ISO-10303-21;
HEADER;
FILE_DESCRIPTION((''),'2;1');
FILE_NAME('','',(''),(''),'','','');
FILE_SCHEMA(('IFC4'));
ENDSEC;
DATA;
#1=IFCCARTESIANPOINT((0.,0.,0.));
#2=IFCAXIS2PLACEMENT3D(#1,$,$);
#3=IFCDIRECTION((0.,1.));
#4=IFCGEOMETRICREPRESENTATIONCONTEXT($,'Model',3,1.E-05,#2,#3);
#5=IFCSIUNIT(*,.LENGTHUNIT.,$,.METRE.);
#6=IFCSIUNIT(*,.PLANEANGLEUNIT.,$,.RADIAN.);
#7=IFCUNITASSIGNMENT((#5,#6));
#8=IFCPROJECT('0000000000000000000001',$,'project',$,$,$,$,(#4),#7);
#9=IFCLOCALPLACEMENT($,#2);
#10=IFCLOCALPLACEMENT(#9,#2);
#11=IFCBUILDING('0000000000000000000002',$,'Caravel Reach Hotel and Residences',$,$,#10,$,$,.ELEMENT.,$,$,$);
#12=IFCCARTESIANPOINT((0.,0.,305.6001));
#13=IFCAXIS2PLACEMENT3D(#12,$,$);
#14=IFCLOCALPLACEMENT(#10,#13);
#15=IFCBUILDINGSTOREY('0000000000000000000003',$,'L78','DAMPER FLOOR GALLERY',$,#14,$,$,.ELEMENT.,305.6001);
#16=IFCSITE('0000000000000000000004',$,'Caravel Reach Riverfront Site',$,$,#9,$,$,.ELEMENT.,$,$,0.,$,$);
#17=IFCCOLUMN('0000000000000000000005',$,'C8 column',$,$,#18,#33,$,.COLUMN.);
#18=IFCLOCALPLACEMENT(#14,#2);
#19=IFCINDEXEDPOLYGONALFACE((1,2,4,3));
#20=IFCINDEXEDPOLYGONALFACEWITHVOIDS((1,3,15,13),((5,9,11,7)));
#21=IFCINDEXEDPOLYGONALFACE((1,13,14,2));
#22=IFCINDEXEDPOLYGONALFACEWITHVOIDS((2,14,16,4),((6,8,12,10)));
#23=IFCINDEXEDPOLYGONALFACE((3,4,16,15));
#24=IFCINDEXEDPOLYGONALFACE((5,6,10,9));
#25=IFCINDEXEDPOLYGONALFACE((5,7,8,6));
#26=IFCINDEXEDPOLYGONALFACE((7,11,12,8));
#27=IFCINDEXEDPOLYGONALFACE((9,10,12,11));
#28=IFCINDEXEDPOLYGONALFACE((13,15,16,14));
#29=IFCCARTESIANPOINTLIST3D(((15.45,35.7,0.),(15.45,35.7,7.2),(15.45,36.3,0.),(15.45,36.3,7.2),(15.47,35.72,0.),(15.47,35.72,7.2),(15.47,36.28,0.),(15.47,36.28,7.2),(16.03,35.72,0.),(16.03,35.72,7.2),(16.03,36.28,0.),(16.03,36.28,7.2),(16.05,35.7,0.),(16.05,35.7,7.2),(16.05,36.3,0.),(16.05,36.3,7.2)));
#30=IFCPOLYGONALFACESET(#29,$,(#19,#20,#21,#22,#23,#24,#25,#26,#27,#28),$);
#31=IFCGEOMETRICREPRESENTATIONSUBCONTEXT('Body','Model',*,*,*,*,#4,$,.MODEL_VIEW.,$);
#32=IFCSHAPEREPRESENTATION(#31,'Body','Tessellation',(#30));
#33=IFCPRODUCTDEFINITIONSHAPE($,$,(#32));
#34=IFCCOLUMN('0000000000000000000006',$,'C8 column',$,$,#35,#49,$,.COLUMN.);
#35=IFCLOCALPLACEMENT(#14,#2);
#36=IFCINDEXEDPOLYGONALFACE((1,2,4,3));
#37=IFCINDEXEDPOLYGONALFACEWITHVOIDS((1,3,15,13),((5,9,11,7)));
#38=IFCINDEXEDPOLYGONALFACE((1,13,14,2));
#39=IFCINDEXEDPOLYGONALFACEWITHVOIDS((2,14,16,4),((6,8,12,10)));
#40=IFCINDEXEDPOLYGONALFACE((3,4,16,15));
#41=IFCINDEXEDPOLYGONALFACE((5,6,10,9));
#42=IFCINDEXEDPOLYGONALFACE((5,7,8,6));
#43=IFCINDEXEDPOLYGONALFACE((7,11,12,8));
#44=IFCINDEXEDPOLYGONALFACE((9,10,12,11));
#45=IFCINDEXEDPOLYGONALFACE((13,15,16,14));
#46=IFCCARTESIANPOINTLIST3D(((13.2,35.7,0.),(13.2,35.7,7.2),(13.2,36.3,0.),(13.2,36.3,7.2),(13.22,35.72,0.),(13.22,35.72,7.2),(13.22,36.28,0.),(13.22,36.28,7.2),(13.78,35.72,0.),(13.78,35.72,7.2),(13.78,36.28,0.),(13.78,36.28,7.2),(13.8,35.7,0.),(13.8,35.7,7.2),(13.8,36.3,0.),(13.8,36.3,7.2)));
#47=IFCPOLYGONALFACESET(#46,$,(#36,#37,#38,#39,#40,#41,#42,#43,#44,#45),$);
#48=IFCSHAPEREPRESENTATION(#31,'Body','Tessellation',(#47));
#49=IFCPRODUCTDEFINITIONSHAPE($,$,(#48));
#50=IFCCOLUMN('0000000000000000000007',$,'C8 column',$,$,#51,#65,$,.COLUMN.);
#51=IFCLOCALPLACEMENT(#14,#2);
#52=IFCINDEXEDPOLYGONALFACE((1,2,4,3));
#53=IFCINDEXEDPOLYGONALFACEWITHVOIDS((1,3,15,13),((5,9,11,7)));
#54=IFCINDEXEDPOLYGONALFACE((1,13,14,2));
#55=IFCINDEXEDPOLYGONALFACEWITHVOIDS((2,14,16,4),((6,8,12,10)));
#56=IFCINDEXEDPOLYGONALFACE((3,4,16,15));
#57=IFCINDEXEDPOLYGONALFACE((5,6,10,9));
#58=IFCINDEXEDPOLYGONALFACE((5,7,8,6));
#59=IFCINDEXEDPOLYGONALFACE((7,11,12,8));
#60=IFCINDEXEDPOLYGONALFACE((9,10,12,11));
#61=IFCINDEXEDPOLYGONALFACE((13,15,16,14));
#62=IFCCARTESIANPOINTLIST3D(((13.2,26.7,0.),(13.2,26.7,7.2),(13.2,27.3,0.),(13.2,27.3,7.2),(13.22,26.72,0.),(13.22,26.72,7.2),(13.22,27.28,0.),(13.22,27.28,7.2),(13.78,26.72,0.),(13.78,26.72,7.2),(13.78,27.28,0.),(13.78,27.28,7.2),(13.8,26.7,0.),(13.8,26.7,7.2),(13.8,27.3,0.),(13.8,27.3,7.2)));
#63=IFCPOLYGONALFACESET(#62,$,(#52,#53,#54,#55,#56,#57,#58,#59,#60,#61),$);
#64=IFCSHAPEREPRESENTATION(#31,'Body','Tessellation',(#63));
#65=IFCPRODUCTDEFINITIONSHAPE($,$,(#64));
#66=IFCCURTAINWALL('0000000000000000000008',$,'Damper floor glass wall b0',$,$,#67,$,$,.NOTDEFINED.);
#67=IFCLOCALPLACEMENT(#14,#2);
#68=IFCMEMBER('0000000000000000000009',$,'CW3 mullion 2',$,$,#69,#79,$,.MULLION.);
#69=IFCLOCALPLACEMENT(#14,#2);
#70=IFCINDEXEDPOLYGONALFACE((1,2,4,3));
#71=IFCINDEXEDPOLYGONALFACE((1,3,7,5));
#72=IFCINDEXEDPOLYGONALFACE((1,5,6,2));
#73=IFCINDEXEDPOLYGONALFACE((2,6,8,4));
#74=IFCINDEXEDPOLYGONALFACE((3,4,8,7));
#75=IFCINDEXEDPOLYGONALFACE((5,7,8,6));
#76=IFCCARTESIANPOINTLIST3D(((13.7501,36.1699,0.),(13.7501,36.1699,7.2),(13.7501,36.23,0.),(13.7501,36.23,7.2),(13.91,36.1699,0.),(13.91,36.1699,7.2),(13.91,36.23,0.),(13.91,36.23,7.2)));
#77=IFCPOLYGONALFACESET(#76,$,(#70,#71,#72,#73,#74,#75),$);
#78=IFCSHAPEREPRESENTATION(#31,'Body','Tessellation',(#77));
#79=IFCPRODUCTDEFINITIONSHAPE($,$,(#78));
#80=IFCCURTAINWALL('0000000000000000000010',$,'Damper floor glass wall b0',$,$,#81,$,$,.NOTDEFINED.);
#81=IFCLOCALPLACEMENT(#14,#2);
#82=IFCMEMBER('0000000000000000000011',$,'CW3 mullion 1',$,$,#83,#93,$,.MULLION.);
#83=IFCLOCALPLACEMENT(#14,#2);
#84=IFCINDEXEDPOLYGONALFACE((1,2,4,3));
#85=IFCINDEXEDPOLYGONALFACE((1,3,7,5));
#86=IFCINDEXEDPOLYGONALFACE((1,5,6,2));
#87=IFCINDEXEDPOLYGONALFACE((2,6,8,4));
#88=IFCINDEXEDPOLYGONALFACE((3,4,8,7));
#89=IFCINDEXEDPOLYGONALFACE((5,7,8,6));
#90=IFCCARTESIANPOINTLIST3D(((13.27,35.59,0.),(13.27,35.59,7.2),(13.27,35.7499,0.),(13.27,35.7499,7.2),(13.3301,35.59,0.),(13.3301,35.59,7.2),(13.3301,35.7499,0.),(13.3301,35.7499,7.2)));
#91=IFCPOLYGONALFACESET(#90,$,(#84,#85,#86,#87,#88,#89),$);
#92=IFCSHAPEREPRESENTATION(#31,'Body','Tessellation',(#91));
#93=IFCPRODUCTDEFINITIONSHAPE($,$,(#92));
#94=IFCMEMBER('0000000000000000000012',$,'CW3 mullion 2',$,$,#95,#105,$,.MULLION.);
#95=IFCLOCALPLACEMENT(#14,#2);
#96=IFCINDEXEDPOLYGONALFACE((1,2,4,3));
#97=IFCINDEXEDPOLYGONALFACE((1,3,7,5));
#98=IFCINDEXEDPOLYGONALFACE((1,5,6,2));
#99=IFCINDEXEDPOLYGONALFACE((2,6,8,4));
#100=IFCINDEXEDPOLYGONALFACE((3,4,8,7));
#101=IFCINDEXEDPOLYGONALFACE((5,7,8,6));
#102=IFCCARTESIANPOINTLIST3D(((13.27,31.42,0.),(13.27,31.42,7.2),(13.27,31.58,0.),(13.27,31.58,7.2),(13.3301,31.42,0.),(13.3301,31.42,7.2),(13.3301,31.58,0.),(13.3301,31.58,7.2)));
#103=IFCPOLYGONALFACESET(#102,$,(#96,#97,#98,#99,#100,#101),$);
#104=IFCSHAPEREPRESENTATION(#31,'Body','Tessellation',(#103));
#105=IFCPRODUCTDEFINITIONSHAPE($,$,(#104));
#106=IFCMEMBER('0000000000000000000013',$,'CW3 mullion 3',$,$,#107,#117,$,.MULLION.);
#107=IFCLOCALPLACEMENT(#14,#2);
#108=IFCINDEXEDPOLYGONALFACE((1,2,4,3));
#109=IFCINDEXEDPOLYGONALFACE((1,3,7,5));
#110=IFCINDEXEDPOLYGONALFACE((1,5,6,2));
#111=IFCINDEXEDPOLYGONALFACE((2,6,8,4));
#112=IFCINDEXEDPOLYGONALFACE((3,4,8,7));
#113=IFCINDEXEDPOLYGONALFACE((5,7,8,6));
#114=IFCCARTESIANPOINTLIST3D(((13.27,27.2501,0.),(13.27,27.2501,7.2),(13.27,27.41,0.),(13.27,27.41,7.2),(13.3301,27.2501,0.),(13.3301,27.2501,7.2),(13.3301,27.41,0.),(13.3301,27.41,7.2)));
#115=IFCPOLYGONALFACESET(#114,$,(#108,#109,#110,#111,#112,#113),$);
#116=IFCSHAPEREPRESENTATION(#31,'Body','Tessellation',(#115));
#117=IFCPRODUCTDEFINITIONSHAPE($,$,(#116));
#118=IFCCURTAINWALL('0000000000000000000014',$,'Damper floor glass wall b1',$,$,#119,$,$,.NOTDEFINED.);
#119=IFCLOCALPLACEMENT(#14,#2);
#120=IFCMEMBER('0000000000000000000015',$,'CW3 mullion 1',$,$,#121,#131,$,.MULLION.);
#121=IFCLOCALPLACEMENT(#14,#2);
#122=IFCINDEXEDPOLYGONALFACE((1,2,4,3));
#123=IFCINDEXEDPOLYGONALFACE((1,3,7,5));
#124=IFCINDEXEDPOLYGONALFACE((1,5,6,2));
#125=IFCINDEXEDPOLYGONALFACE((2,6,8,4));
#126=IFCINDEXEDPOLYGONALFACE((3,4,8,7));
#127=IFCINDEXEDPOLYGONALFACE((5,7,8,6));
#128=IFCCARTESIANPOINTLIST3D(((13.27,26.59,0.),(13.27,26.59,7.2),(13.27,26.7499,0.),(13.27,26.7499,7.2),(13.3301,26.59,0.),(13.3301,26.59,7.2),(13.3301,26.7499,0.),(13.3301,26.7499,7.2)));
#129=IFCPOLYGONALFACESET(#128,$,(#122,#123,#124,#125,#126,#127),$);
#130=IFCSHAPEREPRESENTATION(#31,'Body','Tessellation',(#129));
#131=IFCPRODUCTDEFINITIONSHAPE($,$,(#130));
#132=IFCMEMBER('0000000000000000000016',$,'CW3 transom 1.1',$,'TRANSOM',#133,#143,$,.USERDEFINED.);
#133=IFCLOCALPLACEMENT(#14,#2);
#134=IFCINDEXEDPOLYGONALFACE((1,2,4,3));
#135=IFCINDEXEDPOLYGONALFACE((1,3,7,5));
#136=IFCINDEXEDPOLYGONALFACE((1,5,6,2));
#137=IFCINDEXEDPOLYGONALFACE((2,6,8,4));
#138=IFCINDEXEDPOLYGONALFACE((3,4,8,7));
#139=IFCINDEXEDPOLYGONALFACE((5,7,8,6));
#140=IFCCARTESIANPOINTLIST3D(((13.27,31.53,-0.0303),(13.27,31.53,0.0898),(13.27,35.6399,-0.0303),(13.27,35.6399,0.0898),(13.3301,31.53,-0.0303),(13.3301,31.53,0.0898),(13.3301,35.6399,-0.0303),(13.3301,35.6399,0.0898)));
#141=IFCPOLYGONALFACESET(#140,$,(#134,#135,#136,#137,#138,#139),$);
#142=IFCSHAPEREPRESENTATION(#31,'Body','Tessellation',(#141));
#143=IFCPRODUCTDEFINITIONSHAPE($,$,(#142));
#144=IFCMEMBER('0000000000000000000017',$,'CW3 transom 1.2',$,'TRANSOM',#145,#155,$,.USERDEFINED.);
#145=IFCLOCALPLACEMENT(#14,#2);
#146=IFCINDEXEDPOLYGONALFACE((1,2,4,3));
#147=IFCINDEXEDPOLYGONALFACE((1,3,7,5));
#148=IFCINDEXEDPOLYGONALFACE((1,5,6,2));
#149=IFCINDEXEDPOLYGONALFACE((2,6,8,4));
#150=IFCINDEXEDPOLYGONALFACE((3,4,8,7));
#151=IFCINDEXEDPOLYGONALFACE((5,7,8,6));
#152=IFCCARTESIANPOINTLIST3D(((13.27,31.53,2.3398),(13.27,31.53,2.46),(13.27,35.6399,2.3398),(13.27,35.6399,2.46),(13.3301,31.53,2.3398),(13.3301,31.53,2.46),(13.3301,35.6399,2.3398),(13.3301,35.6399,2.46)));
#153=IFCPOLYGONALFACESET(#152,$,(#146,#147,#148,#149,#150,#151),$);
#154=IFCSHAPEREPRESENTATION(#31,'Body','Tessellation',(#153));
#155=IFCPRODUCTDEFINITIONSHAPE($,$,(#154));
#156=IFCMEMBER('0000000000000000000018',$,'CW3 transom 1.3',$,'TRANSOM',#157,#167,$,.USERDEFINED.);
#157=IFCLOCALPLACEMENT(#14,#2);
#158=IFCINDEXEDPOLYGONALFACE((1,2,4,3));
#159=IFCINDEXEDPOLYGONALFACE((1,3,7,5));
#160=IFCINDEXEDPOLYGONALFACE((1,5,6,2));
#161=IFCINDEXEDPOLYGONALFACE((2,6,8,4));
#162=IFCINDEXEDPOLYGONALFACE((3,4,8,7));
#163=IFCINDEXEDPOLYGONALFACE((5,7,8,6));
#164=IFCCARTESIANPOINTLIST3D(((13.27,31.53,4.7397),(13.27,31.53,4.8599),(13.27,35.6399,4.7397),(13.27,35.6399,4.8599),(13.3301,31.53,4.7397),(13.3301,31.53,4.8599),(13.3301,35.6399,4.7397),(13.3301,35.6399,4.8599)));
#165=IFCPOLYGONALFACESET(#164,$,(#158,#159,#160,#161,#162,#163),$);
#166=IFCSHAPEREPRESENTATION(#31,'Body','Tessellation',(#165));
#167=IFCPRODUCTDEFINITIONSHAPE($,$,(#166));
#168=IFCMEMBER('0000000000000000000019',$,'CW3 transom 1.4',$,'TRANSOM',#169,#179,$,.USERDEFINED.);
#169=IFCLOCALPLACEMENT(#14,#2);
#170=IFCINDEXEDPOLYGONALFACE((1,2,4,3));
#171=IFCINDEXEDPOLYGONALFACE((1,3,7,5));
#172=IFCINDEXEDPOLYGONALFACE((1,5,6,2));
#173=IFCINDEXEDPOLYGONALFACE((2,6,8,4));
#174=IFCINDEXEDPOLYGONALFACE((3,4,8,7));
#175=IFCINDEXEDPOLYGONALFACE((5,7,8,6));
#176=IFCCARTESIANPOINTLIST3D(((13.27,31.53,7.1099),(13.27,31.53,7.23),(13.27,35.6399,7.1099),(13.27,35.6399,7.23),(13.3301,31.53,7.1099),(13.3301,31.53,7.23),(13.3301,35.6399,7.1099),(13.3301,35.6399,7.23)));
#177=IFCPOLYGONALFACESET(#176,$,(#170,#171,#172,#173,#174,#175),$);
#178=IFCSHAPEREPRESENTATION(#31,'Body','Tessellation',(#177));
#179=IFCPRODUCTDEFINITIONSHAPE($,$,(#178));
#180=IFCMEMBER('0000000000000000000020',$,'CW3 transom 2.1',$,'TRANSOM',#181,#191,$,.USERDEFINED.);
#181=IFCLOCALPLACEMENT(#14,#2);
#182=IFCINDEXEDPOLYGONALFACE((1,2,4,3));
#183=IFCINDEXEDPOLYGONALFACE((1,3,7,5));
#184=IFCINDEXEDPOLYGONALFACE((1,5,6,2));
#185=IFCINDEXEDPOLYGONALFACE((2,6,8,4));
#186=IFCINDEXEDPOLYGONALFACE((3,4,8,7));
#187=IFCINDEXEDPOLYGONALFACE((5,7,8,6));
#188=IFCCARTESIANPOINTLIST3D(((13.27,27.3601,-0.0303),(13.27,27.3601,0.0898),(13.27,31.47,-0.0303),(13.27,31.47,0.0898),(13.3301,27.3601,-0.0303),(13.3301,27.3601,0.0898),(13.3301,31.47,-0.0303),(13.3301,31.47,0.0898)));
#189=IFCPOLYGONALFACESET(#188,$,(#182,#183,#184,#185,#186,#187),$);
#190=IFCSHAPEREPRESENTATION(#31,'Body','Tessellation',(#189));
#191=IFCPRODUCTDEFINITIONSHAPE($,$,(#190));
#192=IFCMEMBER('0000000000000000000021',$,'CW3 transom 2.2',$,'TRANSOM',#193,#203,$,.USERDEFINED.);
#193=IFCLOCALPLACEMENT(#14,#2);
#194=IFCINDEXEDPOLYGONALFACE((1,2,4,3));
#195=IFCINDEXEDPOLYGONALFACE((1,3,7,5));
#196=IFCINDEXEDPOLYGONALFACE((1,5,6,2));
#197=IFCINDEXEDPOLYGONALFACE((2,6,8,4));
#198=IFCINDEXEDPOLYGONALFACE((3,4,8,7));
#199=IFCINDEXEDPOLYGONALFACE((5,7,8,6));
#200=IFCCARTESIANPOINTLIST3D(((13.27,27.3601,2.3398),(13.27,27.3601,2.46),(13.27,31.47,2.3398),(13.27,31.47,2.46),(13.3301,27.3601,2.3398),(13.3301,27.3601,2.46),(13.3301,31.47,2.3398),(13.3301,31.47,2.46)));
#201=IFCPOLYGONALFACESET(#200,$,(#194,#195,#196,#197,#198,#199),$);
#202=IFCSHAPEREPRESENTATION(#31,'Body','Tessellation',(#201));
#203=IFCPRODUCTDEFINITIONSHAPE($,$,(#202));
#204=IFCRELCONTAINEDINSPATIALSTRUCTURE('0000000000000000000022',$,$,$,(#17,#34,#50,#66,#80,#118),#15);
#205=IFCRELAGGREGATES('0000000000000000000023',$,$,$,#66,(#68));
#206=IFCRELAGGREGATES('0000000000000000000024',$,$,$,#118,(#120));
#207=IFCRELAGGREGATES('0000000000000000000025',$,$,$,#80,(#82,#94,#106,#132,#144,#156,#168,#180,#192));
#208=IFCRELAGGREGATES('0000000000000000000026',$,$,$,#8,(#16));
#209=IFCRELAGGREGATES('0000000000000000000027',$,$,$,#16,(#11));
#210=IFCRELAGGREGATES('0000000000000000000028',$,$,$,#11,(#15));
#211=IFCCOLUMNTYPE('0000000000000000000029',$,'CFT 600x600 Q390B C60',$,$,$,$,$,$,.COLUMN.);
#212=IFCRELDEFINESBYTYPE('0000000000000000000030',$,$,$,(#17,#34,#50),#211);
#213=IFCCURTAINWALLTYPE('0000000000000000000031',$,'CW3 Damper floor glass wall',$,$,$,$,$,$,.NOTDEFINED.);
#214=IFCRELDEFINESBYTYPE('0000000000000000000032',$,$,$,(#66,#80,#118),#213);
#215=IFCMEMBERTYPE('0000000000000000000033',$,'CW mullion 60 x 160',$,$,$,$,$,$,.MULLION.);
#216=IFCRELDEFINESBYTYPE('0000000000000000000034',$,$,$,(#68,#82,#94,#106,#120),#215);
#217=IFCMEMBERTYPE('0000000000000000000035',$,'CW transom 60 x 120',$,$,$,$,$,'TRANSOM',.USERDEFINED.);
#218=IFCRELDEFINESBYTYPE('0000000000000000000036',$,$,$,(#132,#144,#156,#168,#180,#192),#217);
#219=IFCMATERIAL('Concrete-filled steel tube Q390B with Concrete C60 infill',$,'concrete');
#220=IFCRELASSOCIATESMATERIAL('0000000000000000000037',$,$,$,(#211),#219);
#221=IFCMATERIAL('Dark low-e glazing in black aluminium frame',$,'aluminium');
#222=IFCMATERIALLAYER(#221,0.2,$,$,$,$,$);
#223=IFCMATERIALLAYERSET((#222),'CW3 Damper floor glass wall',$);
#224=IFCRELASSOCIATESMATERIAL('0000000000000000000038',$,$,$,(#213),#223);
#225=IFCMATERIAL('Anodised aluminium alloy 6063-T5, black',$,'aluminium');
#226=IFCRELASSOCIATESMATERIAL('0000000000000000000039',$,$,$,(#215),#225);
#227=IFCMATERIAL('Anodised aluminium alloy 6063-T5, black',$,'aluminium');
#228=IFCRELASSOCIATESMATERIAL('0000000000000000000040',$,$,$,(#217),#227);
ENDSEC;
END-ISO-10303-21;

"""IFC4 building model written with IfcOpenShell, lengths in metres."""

from ifc_helpers import new_model, si_unit, direction, frame, origin, origin_2d, place, context, subcontext, project, spatial, rectangle, hollow_rectangle, extrude, material, layer, layer_set, material_profile, profile_set, type_object, element, aggregate, save


model = new_model("IFC4")

# Units and contexts
model_context = context("Model", 3, precision=1e-05, world=origin(), true_north=direction((0.0, 1.0)))
body_context = subcontext(model_context, "Body", "Model", "MODEL_VIEW")
ifc_project = project(units=[si_unit("LENGTHUNIT", "METRE"), si_unit("PLANEANGLEUNIT", "RADIAN")], contexts=[model_context])

# Site, building, storey
site_placement = place(None, origin())
site = spatial("IfcSite", under=ifc_project, at=site_placement, Name="Caravel Reach Riverfront Site", CompositionType="ELEMENT", RefElevation=0.0)
building_placement = place(site_placement, origin())
building = spatial("IfcBuilding", under=site, at=building_placement, Name="Caravel Reach Hotel and Residences", CompositionType="ELEMENT")
storey_placement = place(building_placement, frame((0.0, 0.0, 305.6001)))
storey = spatial("IfcBuildingStorey", under=building, at=storey_placement, Name="L78", Description="DAMPER FLOOR GALLERY", CompositionType="ELEMENT", Elevation=305.6001)

# Columns
ifc_material_1 = material(Name="Concrete-filled steel tube Q390B with Concrete C60 infill", Category="concrete")
ifc_material_profile_1 = material_profile(ifc_material_1, hollow_rectangle(XDim=0.6001, YDim=0.6001, WallThickness=0.02, at=origin_2d()), Name="RHS 600x600x20")
ifc_profile_set_1 = profile_set([ifc_material_profile_1], Name="Concrete-filled steel tube Q390B with Concrete C60 infill")
column_type = type_object("IfcColumnType", Name="CFT 600x600 Q390B C60", PredefinedType="COLUMN", material=ifc_profile_set_1)
for number, where, z_axis, x_axis, name in (
    (1, (15.75, 36.0, 0.0), (0.0, 0.0, 1.0), (1.0, 0.0, 0.0), "C8 column"),
    (2, (13.5, 36.0, 0.0), (0.0, 0.0, 1.0), (1.0, 0.0, 0.0), "C8 column"),
    (3, (13.5, 27.0, 0.0), (0.0, 0.0, 1.0), (1.0, 0.0, 0.0), "C8 column"),
):
    element("IfcColumn", number, at=place(storey_placement, frame(where, z_axis=z_axis, x_axis=x_axis)), inside=storey, type_object=column_type, Name=name, PredefinedType="COLUMN", context=body_context, shape_type="SweptSolid", body=[
        extrude(hollow_rectangle(XDim=0.6001, YDim=0.6001, WallThickness=0.02, at=origin_2d()), origin(), (0.0, 0.0, 1.0), 7.2),
    ])

# Curtain wall, member
ifc_material_2 = material(Name="Dark low-e glazing in black aluminium frame", Category="aluminium")
ifc_layer_1 = layer(ifc_material_2, 0.2)
ifc_layer_set_1 = layer_set([ifc_layer_1], Name="CW3 Damper floor glass wall")
curtain_wall_type = type_object("IfcCurtainWallType", Name="CW3 Damper floor glass wall", PredefinedType="NOTDEFINED", material=ifc_layer_set_1)
curtain_wall_1_placement = place(storey_placement, origin())
curtain_wall_1 = element("IfcCurtainWall", 4, at=curtain_wall_1_placement, inside=storey, type_object=curtain_wall_type, Name="Damper floor glass wall b0", PredefinedType="NOTDEFINED")
ifc_material_3 = material(Name="Anodised aluminium alloy 6063-T5, black", Category="aluminium")
ifc_material_profile_2 = material_profile(ifc_material_3, rectangle(XDim=0.0601, YDim=0.1599, at=origin_2d()), Name="CW mullion 60 x 160")
ifc_profile_set_2 = profile_set([ifc_material_profile_2], Name="Anodised aluminium alloy 6063-T5, black")
member_type_1 = type_object("IfcMemberType", Name="CW mullion 60 x 160", PredefinedType="MULLION", material=ifc_profile_set_2)
member_1_placement = place(storey_placement, frame((13.8301, 36.2, 0.0), z_axis=(0.0, 0.0, 1.0), x_axis=(0.0, -1.0, 0.0)))
member_1 = element("IfcMember", 5, at=member_1_placement, type_object=member_type_1, Name="CW3 mullion 2", PredefinedType="MULLION", context=body_context, shape_type="SweptSolid", body=[
    extrude(rectangle(XDim=0.0601, YDim=0.1599, at=origin_2d()), origin(), (0.0, 0.0, 1.0), 7.2),
])
aggregate(curtain_wall_1, [member_1])

# Curtain wall, members
curtain_wall_2_placement = place(storey_placement, origin())
curtain_wall_2 = element("IfcCurtainWall", 6, at=curtain_wall_2_placement, inside=storey, type_object=curtain_wall_type, Name="Damper floor glass wall b0", PredefinedType="NOTDEFINED")
member_2_placement = place(storey_placement, frame((13.3, 35.6699, 0.0), z_axis=(0.0, 0.0, 1.0), x_axis=(1.0, 0.0, 0.0)))
member_2 = element("IfcMember", 7, at=member_2_placement, type_object=member_type_1, Name="CW3 mullion 1", PredefinedType="MULLION", context=body_context, shape_type="SweptSolid", body=[
    extrude(rectangle(XDim=0.0601, YDim=0.1599, at=origin_2d()), origin(), (0.0, 0.0, 1.0), 7.2),
])
member_3_placement = place(storey_placement, frame((13.3, 31.5, 0.0), z_axis=(0.0, 0.0, 1.0), x_axis=(1.0, 0.0, 0.0)))
member_3 = element("IfcMember", 8, at=member_3_placement, type_object=member_type_1, Name="CW3 mullion 2", PredefinedType="MULLION", context=body_context, shape_type="SweptSolid", body=[
    extrude(rectangle(XDim=0.0601, YDim=0.1599, at=origin_2d()), origin(), (0.0, 0.0, 1.0), 7.2),
])
member_4_placement = place(storey_placement, frame((13.3, 27.3301, 0.0), z_axis=(0.0, 0.0, 1.0), x_axis=(1.0, 0.0, 0.0)))
member_4 = element("IfcMember", 9, at=member_4_placement, type_object=member_type_1, Name="CW3 mullion 3", PredefinedType="MULLION", context=body_context, shape_type="SweptSolid", body=[
    extrude(rectangle(XDim=0.0601, YDim=0.1599, at=origin_2d()), origin(), (0.0, 0.0, 1.0), 7.2),
])

# Curtain wall, member
curtain_wall_3_placement = place(storey_placement, origin())
curtain_wall_3 = element("IfcCurtainWall", 10, at=curtain_wall_3_placement, inside=storey, type_object=curtain_wall_type, Name="Damper floor glass wall b1", PredefinedType="NOTDEFINED")
member_5_placement = place(storey_placement, frame((13.3, 26.6699, 0.0), z_axis=(0.0, 0.0, 1.0), x_axis=(1.0, 0.0, 0.0)))
member_5 = element("IfcMember", 11, at=member_5_placement, type_object=member_type_1, Name="CW3 mullion 1", PredefinedType="MULLION", context=body_context, shape_type="SweptSolid", body=[
    extrude(rectangle(XDim=0.0601, YDim=0.1599, at=origin_2d()), origin(), (0.0, 0.0, 1.0), 7.2),
])

# Members
ifc_material_4 = material(Name="Anodised aluminium alloy 6063-T5, black", Category="aluminium")
ifc_material_profile_3 = material_profile(ifc_material_4, rectangle(XDim=0.0601, YDim=0.1201, at=origin_2d()), Name="CW transom 60 x 120")
ifc_profile_set_3 = profile_set([ifc_material_profile_3], Name="Anodised aluminium alloy 6063-T5, black")
member_type_2 = type_object("IfcMemberType", Name="CW transom 60 x 120", ElementType="TRANSOM", PredefinedType="USERDEFINED", material=ifc_profile_set_3)
member_6_placement = place(storey_placement, frame((13.3, 35.6399, 0.0298), z_axis=(0.0, -1.0, 0.0), x_axis=(1.0, 0.0, 0.0)))
member_6 = element("IfcMember", 12, at=member_6_placement, type_object=member_type_2, Name="CW3 transom 1.1", ObjectType="TRANSOM", PredefinedType="USERDEFINED", context=body_context, shape_type="SweptSolid", body=[
    extrude(rectangle(XDim=0.0601, YDim=0.1201, at=origin_2d()), origin(), (0.0, 0.0, 1.0), 4.1099),
])
member_7_placement = place(storey_placement, frame((13.3, 35.6399, 2.3999), z_axis=(0.0, -1.0, 0.0), x_axis=(1.0, 0.0, 0.0)))
member_7 = element("IfcMember", 13, at=member_7_placement, type_object=member_type_2, Name="CW3 transom 1.2", ObjectType="TRANSOM", PredefinedType="USERDEFINED", context=body_context, shape_type="SweptSolid", body=[
    extrude(rectangle(XDim=0.0601, YDim=0.1201, at=origin_2d()), origin(), (0.0, 0.0, 1.0), 4.1099),
])
member_8_placement = place(storey_placement, frame((13.3, 35.6399, 4.7998), z_axis=(0.0, -1.0, 0.0), x_axis=(1.0, 0.0, 0.0)))
member_8 = element("IfcMember", 14, at=member_8_placement, type_object=member_type_2, Name="CW3 transom 1.3", ObjectType="TRANSOM", PredefinedType="USERDEFINED", context=body_context, shape_type="SweptSolid", body=[
    extrude(rectangle(XDim=0.0601, YDim=0.1201, at=origin_2d()), origin(), (0.0, 0.0, 1.0), 4.1099),
])
member_9_placement = place(storey_placement, frame((13.3, 35.6399, 7.1699), z_axis=(0.0, -1.0, 0.0), x_axis=(1.0, 0.0, 0.0)))
member_9 = element("IfcMember", 15, at=member_9_placement, type_object=member_type_2, Name="CW3 transom 1.4", ObjectType="TRANSOM", PredefinedType="USERDEFINED", context=body_context, shape_type="SweptSolid", body=[
    extrude(rectangle(XDim=0.0601, YDim=0.1201, at=origin_2d()), origin(), (0.0, 0.0, 1.0), 4.1099),
])
member_10_placement = place(storey_placement, frame((13.3, 31.47, 0.0298), z_axis=(0.0, -1.0, 0.0), x_axis=(1.0, 0.0, 0.0)))
member_10 = element("IfcMember", 16, at=member_10_placement, type_object=member_type_2, Name="CW3 transom 2.1", ObjectType="TRANSOM", PredefinedType="USERDEFINED", context=body_context, shape_type="SweptSolid", body=[
    extrude(rectangle(XDim=0.0601, YDim=0.1201, at=origin_2d()), origin(), (0.0, 0.0, 1.0), 4.1099),
])
member_11_placement = place(storey_placement, frame((13.3, 31.47, 2.3999), z_axis=(0.0, -1.0, 0.0), x_axis=(1.0, 0.0, 0.0)))
member_11 = element("IfcMember", 17, at=member_11_placement, type_object=member_type_2, Name="CW3 transom 2.2", ObjectType="TRANSOM", PredefinedType="USERDEFINED", context=body_context, shape_type="SweptSolid", body=[
    extrude(rectangle(XDim=0.0601, YDim=0.1201, at=origin_2d()), origin(), (0.0, 0.0, 1.0), 4.1099),
])
aggregate(curtain_wall_3, [member_5])

aggregate(curtain_wall_2, [member_2, member_3, member_4, member_6, member_7, member_8, member_9, member_10, member_11])

save(model, "model.ifc")
